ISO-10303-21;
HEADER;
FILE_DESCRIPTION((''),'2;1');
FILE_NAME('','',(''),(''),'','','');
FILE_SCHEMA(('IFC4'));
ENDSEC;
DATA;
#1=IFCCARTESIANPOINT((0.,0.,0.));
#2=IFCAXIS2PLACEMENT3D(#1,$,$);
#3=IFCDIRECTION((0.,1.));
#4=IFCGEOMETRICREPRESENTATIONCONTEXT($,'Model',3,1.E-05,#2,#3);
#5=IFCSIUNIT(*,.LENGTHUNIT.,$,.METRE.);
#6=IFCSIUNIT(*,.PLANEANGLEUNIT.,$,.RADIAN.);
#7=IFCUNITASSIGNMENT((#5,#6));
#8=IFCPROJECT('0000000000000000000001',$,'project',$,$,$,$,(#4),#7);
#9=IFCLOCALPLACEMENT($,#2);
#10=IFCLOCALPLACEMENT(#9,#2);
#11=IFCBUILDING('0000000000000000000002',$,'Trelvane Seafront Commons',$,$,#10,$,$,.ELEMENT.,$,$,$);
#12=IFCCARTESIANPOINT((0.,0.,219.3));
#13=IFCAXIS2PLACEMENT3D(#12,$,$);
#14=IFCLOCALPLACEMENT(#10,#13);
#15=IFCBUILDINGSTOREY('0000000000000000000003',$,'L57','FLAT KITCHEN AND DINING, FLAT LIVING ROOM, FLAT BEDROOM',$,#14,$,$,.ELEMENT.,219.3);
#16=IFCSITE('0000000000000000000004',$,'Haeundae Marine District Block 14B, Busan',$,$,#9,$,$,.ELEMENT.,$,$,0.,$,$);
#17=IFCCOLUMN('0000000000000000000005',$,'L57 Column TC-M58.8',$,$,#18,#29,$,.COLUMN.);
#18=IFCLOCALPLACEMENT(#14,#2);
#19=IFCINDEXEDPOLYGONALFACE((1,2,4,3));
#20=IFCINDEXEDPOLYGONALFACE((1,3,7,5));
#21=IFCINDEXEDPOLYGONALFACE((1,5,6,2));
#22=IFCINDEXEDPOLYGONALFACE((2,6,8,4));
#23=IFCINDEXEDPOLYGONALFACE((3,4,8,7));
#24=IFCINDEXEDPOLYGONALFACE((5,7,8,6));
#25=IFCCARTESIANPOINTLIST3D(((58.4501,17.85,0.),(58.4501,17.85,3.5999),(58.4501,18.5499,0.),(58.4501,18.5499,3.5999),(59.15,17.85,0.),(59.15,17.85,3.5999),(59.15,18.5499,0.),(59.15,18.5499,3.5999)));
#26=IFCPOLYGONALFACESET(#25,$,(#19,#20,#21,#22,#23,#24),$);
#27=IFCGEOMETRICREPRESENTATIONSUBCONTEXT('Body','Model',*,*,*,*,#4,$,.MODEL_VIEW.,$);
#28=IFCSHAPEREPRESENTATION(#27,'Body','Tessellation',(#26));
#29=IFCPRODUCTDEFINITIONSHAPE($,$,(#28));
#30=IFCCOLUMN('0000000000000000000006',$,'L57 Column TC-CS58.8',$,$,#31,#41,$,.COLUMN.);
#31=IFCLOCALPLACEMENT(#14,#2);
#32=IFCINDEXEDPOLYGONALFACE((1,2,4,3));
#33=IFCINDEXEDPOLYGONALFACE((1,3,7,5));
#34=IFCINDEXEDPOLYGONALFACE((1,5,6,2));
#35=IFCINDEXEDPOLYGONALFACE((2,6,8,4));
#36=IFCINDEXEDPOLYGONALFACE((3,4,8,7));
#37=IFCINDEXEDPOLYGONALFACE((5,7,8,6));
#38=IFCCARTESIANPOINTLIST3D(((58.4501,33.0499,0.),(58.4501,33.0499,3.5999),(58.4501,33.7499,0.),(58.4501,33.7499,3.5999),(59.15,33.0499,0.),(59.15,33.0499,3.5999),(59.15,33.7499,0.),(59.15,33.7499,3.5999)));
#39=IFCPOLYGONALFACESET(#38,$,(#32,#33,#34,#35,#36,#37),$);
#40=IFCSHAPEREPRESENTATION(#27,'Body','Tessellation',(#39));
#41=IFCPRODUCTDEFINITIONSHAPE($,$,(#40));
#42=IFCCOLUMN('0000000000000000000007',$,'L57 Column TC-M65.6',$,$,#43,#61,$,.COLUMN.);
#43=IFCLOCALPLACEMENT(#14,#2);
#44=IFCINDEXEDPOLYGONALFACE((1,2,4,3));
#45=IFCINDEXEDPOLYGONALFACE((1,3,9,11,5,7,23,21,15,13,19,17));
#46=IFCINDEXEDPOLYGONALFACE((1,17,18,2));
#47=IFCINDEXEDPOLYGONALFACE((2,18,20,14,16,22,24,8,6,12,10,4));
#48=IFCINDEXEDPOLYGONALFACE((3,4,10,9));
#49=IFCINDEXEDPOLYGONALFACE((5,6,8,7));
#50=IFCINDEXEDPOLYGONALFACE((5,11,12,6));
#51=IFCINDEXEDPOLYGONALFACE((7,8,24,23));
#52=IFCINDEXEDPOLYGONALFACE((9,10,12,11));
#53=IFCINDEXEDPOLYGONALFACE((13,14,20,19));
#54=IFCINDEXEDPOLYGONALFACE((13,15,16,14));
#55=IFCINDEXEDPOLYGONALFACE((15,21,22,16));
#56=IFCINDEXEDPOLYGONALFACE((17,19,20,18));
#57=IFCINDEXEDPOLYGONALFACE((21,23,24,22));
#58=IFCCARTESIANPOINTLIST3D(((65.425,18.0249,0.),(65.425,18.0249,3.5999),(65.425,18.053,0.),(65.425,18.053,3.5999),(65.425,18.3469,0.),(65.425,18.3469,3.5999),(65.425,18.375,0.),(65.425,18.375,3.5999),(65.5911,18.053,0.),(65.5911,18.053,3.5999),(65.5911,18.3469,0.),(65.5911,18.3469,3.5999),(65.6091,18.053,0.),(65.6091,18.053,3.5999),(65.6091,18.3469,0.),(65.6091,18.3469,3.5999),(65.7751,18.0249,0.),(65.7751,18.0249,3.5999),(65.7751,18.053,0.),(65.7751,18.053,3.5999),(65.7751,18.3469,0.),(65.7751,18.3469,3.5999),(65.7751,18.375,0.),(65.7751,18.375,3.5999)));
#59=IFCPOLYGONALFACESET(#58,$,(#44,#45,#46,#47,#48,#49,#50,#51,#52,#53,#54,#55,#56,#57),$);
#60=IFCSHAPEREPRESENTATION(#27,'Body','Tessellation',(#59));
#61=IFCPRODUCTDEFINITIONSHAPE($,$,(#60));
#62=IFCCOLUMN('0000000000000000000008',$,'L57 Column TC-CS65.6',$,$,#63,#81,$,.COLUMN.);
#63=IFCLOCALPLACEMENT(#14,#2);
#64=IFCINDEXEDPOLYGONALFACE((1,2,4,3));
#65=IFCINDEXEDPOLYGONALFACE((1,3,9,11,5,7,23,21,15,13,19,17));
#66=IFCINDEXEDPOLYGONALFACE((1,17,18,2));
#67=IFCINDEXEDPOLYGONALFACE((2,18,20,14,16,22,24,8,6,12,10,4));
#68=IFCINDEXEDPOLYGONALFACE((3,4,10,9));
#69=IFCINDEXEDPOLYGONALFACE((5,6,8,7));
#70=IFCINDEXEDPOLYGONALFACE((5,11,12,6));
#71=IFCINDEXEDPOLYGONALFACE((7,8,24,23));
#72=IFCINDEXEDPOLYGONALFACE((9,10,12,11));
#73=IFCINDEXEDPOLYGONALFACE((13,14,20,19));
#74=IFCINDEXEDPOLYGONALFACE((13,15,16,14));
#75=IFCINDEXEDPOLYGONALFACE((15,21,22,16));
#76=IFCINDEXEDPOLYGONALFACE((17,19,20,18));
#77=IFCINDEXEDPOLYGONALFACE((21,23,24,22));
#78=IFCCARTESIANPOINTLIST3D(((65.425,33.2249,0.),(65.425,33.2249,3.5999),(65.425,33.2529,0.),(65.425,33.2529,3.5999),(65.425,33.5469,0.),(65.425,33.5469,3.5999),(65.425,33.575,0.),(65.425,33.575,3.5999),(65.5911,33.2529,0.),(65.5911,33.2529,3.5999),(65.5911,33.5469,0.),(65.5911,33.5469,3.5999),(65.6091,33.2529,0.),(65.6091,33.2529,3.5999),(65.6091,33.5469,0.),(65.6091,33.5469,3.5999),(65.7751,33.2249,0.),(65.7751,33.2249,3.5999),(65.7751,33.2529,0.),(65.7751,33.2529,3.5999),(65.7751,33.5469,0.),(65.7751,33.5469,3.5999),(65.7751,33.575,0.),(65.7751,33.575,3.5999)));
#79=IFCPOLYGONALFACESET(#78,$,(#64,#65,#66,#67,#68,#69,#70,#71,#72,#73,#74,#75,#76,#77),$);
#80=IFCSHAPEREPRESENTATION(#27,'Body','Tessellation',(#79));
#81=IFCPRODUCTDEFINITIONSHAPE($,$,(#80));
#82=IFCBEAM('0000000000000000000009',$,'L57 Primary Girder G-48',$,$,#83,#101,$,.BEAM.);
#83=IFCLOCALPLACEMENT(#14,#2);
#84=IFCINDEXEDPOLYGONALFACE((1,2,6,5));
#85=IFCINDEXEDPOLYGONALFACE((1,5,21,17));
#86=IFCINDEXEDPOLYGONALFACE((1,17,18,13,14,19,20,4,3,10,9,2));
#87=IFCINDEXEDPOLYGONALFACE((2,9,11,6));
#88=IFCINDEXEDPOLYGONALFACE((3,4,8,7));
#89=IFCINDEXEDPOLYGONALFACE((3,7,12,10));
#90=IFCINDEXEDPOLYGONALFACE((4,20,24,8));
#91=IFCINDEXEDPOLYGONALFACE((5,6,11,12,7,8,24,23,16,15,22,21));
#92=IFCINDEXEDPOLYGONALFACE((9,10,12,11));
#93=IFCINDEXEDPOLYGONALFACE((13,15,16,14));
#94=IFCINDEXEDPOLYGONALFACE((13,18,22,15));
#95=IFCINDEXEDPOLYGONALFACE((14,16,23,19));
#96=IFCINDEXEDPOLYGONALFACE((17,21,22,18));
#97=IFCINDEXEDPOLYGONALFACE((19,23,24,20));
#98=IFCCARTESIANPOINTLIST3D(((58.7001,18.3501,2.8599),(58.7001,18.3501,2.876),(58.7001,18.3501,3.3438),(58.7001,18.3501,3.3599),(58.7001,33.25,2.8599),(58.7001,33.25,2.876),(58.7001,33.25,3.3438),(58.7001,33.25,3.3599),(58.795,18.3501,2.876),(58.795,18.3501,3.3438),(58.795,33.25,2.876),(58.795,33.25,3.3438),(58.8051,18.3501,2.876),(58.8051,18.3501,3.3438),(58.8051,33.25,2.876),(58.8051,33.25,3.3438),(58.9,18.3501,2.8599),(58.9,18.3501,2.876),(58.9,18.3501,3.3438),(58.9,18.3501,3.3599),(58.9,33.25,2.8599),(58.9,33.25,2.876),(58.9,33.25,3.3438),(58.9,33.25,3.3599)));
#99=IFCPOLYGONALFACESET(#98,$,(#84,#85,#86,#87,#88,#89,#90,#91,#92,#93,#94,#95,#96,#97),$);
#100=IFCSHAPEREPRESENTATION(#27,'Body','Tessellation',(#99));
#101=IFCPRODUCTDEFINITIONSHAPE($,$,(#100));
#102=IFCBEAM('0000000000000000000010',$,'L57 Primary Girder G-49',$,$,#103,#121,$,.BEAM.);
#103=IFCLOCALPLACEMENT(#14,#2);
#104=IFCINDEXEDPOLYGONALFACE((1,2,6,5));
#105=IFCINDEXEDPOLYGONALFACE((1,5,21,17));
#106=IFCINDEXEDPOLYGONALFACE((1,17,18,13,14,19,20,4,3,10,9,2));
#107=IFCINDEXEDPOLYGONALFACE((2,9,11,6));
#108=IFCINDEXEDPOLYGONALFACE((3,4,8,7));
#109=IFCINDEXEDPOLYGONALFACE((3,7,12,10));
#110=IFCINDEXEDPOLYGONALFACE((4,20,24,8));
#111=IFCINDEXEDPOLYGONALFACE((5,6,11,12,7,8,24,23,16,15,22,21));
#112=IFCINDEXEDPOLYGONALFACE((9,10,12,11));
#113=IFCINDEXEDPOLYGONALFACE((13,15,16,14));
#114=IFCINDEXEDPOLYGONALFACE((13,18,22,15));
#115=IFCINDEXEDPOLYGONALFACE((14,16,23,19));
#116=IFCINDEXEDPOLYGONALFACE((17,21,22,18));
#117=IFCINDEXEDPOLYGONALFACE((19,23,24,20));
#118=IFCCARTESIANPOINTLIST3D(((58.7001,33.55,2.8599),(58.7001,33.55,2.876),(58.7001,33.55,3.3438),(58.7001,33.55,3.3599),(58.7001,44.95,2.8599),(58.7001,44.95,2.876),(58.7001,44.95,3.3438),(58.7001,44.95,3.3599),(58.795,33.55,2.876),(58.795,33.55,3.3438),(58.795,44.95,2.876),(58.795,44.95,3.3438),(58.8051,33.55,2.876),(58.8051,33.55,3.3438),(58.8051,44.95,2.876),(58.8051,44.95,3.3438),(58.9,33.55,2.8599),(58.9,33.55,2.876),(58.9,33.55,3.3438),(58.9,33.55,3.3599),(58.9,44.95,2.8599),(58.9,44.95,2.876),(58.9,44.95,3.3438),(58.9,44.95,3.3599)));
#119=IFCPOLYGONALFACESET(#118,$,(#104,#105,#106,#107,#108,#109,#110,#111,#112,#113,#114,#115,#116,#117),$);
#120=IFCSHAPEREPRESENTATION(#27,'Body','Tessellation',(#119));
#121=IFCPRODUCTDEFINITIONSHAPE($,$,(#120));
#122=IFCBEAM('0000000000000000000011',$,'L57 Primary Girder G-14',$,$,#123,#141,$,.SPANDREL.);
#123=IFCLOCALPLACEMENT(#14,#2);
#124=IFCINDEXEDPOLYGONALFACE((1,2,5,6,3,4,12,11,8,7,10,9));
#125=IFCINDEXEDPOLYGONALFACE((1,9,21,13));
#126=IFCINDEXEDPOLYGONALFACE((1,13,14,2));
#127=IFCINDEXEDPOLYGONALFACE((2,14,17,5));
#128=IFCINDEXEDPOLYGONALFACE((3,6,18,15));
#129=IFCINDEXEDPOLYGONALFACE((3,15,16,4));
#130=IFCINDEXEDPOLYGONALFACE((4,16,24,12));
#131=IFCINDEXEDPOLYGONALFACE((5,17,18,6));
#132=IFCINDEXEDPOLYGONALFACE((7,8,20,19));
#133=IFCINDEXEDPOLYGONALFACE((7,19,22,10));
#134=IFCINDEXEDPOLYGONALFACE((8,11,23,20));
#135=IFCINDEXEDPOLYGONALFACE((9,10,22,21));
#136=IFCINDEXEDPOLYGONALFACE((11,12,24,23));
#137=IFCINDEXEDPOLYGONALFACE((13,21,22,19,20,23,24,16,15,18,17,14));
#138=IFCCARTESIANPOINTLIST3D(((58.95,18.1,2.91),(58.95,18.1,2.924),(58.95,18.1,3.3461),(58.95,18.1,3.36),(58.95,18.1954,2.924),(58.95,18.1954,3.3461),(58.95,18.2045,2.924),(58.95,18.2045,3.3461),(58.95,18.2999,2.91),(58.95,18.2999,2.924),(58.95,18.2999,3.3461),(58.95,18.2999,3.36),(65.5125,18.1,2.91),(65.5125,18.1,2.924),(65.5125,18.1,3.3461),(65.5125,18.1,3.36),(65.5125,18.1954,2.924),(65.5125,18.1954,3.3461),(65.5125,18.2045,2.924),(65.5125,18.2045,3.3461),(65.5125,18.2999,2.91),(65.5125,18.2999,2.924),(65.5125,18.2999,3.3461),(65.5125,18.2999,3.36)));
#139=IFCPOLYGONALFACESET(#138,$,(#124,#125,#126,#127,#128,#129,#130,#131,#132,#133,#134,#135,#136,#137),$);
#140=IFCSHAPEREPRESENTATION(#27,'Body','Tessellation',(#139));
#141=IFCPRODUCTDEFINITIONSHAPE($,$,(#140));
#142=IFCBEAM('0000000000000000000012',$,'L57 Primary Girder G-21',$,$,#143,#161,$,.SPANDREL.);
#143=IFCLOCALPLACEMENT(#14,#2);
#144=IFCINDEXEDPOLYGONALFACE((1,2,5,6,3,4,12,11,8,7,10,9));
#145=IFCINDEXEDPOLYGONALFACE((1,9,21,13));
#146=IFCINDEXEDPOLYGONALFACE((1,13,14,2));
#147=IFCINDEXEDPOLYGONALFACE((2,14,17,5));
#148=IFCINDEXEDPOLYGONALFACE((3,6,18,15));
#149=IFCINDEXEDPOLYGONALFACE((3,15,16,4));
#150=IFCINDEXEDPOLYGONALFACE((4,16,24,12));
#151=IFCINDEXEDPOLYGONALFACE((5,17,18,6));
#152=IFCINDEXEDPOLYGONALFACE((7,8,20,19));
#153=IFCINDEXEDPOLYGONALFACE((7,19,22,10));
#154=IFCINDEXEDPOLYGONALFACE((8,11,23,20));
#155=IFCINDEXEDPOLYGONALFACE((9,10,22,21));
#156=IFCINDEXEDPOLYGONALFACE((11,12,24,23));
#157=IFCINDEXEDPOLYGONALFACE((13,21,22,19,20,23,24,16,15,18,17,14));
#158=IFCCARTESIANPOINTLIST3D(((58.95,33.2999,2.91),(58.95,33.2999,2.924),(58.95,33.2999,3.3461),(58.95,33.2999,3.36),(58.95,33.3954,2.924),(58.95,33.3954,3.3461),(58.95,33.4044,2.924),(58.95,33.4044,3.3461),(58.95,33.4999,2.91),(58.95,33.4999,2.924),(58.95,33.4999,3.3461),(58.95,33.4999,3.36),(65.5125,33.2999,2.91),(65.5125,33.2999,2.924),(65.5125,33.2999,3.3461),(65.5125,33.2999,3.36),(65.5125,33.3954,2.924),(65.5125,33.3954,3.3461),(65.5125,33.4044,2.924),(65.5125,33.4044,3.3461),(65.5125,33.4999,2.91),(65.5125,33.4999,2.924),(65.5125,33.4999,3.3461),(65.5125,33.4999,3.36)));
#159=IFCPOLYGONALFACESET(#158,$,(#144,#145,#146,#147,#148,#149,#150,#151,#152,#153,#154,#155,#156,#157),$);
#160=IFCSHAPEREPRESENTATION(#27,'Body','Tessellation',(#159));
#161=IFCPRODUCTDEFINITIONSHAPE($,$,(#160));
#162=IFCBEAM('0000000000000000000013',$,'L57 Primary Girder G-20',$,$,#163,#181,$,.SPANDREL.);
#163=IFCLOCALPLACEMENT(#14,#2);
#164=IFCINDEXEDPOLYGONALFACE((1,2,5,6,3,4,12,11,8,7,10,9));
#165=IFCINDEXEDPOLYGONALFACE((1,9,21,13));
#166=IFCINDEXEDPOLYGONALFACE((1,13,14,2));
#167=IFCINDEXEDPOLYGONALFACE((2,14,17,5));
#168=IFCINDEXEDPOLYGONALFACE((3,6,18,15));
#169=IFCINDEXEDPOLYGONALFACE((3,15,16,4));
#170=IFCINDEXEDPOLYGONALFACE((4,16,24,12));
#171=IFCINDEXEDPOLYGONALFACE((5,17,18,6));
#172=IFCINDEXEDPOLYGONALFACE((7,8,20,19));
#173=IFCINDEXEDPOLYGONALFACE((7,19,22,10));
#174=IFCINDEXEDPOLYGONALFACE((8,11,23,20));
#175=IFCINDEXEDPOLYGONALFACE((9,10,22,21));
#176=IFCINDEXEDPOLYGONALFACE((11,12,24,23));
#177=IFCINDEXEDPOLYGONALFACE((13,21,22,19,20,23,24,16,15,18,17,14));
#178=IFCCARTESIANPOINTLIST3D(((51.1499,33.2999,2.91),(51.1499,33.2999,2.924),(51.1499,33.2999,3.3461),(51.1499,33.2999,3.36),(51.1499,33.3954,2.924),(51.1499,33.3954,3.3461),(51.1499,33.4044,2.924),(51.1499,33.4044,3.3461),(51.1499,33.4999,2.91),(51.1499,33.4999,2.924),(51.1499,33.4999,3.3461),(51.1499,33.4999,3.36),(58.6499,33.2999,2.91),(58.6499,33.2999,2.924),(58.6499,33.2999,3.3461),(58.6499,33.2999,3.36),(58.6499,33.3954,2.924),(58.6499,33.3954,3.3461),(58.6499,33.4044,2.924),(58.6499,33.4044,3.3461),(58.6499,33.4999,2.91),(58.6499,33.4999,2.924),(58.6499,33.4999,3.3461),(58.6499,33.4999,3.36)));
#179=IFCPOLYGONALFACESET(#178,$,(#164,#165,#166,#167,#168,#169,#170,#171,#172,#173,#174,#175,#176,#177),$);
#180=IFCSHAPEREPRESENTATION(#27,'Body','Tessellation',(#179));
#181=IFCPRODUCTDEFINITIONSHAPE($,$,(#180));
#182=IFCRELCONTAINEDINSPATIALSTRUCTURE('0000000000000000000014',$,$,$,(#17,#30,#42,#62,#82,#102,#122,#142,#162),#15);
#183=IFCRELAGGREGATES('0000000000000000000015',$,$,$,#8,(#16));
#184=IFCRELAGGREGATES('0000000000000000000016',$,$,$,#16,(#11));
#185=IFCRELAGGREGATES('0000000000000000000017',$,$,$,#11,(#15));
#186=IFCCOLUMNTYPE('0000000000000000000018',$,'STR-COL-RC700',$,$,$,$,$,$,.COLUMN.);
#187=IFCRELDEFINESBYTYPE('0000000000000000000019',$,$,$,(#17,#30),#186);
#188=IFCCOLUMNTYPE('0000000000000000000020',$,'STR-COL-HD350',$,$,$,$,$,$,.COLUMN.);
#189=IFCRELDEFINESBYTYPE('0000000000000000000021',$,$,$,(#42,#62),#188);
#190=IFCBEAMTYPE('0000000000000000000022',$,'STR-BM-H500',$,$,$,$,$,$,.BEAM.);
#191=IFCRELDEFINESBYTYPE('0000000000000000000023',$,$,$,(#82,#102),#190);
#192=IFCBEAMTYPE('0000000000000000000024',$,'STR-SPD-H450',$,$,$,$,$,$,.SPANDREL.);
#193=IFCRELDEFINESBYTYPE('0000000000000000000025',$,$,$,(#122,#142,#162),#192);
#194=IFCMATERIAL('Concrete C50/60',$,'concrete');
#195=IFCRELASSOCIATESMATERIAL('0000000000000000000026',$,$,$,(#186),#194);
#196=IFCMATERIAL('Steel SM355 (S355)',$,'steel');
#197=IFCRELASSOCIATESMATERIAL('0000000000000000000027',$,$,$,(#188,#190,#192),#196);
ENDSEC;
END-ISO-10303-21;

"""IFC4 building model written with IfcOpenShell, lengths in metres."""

from ifc_helpers import new_model, si_unit, direction, frame, origin, origin_2d, place, context, subcontext, project, spatial, rectangle, i_section, extrude, source, transform, mapped, material, material_profile, profile_set, type_object, element, save


model = new_model("IFC4")

# Units and contexts
model_context = context("Model", 3, precision=1e-05, world=origin(), true_north=direction((0.0, 1.0)))
body_context = subcontext(model_context, "Body", "Model", "MODEL_VIEW")
ifc_project = project(units=[si_unit("LENGTHUNIT", "METRE"), si_unit("PLANEANGLEUNIT", "RADIAN")], contexts=[model_context])

# Site, building, storey
site_placement = place(None, origin())
site = spatial("IfcSite", under=ifc_project, at=site_placement, Name="Haeundae Marine District Block 14B, Busan", CompositionType="ELEMENT", RefElevation=0.0)
building_placement = place(site_placement, origin())
building = spatial("IfcBuilding", under=site, at=building_placement, Name="Trelvane Seafront Commons", CompositionType="ELEMENT")
storey_placement = place(building_placement, frame((0.0, 0.0, 219.3)))
storey = spatial("IfcBuildingStorey", under=building, at=storey_placement, Name="L57", Description="FLAT KITCHEN AND DINING, FLAT LIVING ROOM, FLAT BEDROOM", CompositionType="ELEMENT", Elevation=219.3)

# Columns
ifc_material_1 = material(Name="Concrete C50/60", Category="concrete")
ifc_material_profile_1 = material_profile(ifc_material_1, rectangle(XDim=0.7, YDim=0.7, at=origin_2d()), Name="RC-700x700")
ifc_profile_set_1 = profile_set([ifc_material_profile_1], Name="Concrete C50/60")
column_type_1 = type_object("IfcColumnType", Name="STR-COL-RC700", PredefinedType="COLUMN", material=ifc_profile_set_1)
shared_shape_1 = source(origin(), body_context, "Body", "SweptSolid", [
    extrude(rectangle(XDim=0.7, YDim=0.7, at=origin_2d()), origin(), (0.0, 0.0, 1.0), 3.5999),
])
for number, where, z_axis, x_axis, name in (
    (1, (58.8, 18.2, 0.0), (0.0, 0.0, 1.0), (1.0, 0.0, 0.0), "L57 Column TC-M58.8"),
    (2, (58.8, 33.3999, 0.0), (0.0, 0.0, 1.0), (1.0, 0.0, 0.0), "L57 Column TC-CS58.8"),
):
    element("IfcColumn", number, at=place(storey_placement, frame(where, z_axis=z_axis, x_axis=x_axis)), inside=storey, type_object=column_type_1, Name=name, PredefinedType="COLUMN", context=body_context, shape_type="MappedRepresentation", body=[
        mapped(shared_shape_1, transform((0.0, 0.0, 0.0), x_axis=(1.0, 0.0, 0.0), y_axis=(0.0, 1.0, 0.0), z_axis=(0.0, 0.0, 1.0), scale=1.0)),
    ])
ifc_material_2 = material(Name="Steel SM355 (S355)", Category="steel")
ifc_material_profile_2 = material_profile(ifc_material_2, i_section(OverallWidth=0.3501, OverallDepth=0.3501, WebThickness=0.0181, FlangeThickness=0.0281, at=origin_2d()), Name="HD-350x350x18x28")
ifc_profile_set_2 = profile_set([ifc_material_profile_2], Name="Steel SM355 (S355)")
column_type_2 = type_object("IfcColumnType", Name="STR-COL-HD350", PredefinedType="COLUMN", material=ifc_profile_set_2)
shared_shape_2 = source(origin(), body_context, "Body", "SweptSolid", [
    extrude(i_section(OverallWidth=0.3501, OverallDepth=0.3501, WebThickness=0.0181, FlangeThickness=0.0281, at=origin_2d()), origin(), (0.0, 0.0, 1.0), 3.5999),
])
for number, where, z_axis, x_axis, name in (
    (3, (65.6001, 18.2, 0.0), (0.0, 0.0, 1.0), (1.0, 0.0, 0.0), "L57 Column TC-M65.6"),
    (4, (65.6001, 33.3999, 0.0), (0.0, 0.0, 1.0), (1.0, 0.0, 0.0), "L57 Column TC-CS65.6"),
):
    element("IfcColumn", number, at=place(storey_placement, frame(where, z_axis=z_axis, x_axis=x_axis)), inside=storey, type_object=column_type_2, Name=name, PredefinedType="COLUMN", context=body_context, shape_type="MappedRepresentation", body=[
        mapped(shared_shape_2, transform((0.0, 0.0, 0.0), x_axis=(1.0, 0.0, 0.0), y_axis=(0.0, 1.0, 0.0), z_axis=(0.0, 0.0, 1.0), scale=1.0)),
    ])

# Beams
ifc_material_profile_3 = material_profile(ifc_material_2, i_section(OverallWidth=0.2, OverallDepth=0.5, WebThickness=0.01, FlangeThickness=0.0161, at=origin_2d()), Name="H-500x200x10x16")
ifc_profile_set_3 = profile_set([ifc_material_profile_3], Name="Steel SM355 (S355)")
beam_type_1 = type_object("IfcBeamType", Name="STR-BM-H500", PredefinedType="BEAM", material=ifc_profile_set_3)
shared_shape_3 = source(origin(), body_context, "Body", "SweptSolid", [
    extrude(i_section(OverallWidth=0.2, OverallDepth=0.5, WebThickness=0.01, FlangeThickness=0.0161, at=origin_2d()), origin(), (0.0, 0.0, 1.0), 14.8999),
])
beam_1_placement = place(storey_placement, frame((58.8, 18.3501, 3.1099), z_axis=(0.0, 1.0, 0.0), x_axis=(-1.0, 0.0, 0.0)))
element("IfcBeam", 5, at=beam_1_placement, inside=storey, type_object=beam_type_1, Name="L57 Primary Girder G-48", PredefinedType="BEAM", context=body_context, shape_type="MappedRepresentation", body=[
    mapped(shared_shape_3, transform((0.0, 0.0, 0.0), x_axis=(1.0, 0.0, 0.0), y_axis=(0.0, 1.0, 0.0), z_axis=(0.0, 0.0, 1.0), scale=1.0)),
])
shared_shape_4 = source(origin(), body_context, "Body", "SweptSolid", [
    extrude(i_section(OverallWidth=0.2, OverallDepth=0.5, WebThickness=0.01, FlangeThickness=0.0161, at=origin_2d()), origin(), (0.0, 0.0, 1.0), 11.3999),
])
beam_2_placement = place(storey_placement, frame((58.8, 33.55, 3.1099), z_axis=(0.0, 1.0, 0.0), x_axis=(-1.0, 0.0, 0.0)))
element("IfcBeam", 6, at=beam_2_placement, inside=storey, type_object=beam_type_1, Name="L57 Primary Girder G-49", PredefinedType="BEAM", context=body_context, shape_type="MappedRepresentation", body=[
    mapped(shared_shape_4, transform((0.0, 0.0, 0.0), x_axis=(1.0, 0.0, 0.0), y_axis=(0.0, 1.0, 0.0), z_axis=(0.0, 0.0, 1.0), scale=1.0)),
])
ifc_material_profile_4 = material_profile(ifc_material_2, i_section(OverallWidth=0.2, OverallDepth=0.45, WebThickness=0.009, FlangeThickness=0.0139, at=origin_2d()), Name="H-450x200x9x14")
ifc_profile_set_4 = profile_set([ifc_material_profile_4], Name="Steel SM355 (S355)")
beam_type_2 = type_object("IfcBeamType", Name="STR-SPD-H450", PredefinedType="SPANDREL", material=ifc_profile_set_4)
shared_shape_5 = source(origin(), body_context, "Body", "SweptSolid", [
    extrude(i_section(OverallWidth=0.2, OverallDepth=0.45, WebThickness=0.009, FlangeThickness=0.0139, at=origin_2d()), origin(), (0.0, 0.0, 1.0), 6.5625),
])
for number, where, z_axis, x_axis, name in (
    (7, (58.95, 18.2, 3.135), (1.0, 0.0, 0.0), (0.0, 1.0, 0.0), "L57 Primary Girder G-14"),
    (8, (58.95, 33.3999, 3.135), (1.0, 0.0, 0.0), (0.0, 1.0, 0.0), "L57 Primary Girder G-21"),
):
    element("IfcBeam", number, at=place(storey_placement, frame(where, z_axis=z_axis, x_axis=x_axis)), inside=storey, type_object=beam_type_2, Name=name, PredefinedType="SPANDREL", context=body_context, shape_type="MappedRepresentation", body=[
        mapped(shared_shape_5, transform((0.0, 0.0, 0.0), x_axis=(1.0, 0.0, 0.0), y_axis=(0.0, 1.0, 0.0), z_axis=(0.0, 0.0, 1.0), scale=1.0)),
    ])
shared_shape_6 = source(origin(), body_context, "Body", "SweptSolid", [
    extrude(i_section(OverallWidth=0.2, OverallDepth=0.45, WebThickness=0.009, FlangeThickness=0.0139, at=origin_2d()), origin(), (0.0, 0.0, 1.0), 7.5),
])
beam_3_placement = place(storey_placement, frame((51.1499, 33.3999, 3.135), z_axis=(1.0, 0.0, 0.0), x_axis=(0.0, 1.0, 0.0)))
element("IfcBeam", 9, at=beam_3_placement, inside=storey, type_object=beam_type_2, Name="L57 Primary Girder G-20", PredefinedType="SPANDREL", context=body_context, shape_type="MappedRepresentation", body=[
    mapped(shared_shape_6, transform((0.0, 0.0, 0.0), x_axis=(1.0, 0.0, 0.0), y_axis=(0.0, 1.0, 0.0), z_axis=(0.0, 0.0, 1.0), scale=1.0)),
])

save(model, "model.ifc")
